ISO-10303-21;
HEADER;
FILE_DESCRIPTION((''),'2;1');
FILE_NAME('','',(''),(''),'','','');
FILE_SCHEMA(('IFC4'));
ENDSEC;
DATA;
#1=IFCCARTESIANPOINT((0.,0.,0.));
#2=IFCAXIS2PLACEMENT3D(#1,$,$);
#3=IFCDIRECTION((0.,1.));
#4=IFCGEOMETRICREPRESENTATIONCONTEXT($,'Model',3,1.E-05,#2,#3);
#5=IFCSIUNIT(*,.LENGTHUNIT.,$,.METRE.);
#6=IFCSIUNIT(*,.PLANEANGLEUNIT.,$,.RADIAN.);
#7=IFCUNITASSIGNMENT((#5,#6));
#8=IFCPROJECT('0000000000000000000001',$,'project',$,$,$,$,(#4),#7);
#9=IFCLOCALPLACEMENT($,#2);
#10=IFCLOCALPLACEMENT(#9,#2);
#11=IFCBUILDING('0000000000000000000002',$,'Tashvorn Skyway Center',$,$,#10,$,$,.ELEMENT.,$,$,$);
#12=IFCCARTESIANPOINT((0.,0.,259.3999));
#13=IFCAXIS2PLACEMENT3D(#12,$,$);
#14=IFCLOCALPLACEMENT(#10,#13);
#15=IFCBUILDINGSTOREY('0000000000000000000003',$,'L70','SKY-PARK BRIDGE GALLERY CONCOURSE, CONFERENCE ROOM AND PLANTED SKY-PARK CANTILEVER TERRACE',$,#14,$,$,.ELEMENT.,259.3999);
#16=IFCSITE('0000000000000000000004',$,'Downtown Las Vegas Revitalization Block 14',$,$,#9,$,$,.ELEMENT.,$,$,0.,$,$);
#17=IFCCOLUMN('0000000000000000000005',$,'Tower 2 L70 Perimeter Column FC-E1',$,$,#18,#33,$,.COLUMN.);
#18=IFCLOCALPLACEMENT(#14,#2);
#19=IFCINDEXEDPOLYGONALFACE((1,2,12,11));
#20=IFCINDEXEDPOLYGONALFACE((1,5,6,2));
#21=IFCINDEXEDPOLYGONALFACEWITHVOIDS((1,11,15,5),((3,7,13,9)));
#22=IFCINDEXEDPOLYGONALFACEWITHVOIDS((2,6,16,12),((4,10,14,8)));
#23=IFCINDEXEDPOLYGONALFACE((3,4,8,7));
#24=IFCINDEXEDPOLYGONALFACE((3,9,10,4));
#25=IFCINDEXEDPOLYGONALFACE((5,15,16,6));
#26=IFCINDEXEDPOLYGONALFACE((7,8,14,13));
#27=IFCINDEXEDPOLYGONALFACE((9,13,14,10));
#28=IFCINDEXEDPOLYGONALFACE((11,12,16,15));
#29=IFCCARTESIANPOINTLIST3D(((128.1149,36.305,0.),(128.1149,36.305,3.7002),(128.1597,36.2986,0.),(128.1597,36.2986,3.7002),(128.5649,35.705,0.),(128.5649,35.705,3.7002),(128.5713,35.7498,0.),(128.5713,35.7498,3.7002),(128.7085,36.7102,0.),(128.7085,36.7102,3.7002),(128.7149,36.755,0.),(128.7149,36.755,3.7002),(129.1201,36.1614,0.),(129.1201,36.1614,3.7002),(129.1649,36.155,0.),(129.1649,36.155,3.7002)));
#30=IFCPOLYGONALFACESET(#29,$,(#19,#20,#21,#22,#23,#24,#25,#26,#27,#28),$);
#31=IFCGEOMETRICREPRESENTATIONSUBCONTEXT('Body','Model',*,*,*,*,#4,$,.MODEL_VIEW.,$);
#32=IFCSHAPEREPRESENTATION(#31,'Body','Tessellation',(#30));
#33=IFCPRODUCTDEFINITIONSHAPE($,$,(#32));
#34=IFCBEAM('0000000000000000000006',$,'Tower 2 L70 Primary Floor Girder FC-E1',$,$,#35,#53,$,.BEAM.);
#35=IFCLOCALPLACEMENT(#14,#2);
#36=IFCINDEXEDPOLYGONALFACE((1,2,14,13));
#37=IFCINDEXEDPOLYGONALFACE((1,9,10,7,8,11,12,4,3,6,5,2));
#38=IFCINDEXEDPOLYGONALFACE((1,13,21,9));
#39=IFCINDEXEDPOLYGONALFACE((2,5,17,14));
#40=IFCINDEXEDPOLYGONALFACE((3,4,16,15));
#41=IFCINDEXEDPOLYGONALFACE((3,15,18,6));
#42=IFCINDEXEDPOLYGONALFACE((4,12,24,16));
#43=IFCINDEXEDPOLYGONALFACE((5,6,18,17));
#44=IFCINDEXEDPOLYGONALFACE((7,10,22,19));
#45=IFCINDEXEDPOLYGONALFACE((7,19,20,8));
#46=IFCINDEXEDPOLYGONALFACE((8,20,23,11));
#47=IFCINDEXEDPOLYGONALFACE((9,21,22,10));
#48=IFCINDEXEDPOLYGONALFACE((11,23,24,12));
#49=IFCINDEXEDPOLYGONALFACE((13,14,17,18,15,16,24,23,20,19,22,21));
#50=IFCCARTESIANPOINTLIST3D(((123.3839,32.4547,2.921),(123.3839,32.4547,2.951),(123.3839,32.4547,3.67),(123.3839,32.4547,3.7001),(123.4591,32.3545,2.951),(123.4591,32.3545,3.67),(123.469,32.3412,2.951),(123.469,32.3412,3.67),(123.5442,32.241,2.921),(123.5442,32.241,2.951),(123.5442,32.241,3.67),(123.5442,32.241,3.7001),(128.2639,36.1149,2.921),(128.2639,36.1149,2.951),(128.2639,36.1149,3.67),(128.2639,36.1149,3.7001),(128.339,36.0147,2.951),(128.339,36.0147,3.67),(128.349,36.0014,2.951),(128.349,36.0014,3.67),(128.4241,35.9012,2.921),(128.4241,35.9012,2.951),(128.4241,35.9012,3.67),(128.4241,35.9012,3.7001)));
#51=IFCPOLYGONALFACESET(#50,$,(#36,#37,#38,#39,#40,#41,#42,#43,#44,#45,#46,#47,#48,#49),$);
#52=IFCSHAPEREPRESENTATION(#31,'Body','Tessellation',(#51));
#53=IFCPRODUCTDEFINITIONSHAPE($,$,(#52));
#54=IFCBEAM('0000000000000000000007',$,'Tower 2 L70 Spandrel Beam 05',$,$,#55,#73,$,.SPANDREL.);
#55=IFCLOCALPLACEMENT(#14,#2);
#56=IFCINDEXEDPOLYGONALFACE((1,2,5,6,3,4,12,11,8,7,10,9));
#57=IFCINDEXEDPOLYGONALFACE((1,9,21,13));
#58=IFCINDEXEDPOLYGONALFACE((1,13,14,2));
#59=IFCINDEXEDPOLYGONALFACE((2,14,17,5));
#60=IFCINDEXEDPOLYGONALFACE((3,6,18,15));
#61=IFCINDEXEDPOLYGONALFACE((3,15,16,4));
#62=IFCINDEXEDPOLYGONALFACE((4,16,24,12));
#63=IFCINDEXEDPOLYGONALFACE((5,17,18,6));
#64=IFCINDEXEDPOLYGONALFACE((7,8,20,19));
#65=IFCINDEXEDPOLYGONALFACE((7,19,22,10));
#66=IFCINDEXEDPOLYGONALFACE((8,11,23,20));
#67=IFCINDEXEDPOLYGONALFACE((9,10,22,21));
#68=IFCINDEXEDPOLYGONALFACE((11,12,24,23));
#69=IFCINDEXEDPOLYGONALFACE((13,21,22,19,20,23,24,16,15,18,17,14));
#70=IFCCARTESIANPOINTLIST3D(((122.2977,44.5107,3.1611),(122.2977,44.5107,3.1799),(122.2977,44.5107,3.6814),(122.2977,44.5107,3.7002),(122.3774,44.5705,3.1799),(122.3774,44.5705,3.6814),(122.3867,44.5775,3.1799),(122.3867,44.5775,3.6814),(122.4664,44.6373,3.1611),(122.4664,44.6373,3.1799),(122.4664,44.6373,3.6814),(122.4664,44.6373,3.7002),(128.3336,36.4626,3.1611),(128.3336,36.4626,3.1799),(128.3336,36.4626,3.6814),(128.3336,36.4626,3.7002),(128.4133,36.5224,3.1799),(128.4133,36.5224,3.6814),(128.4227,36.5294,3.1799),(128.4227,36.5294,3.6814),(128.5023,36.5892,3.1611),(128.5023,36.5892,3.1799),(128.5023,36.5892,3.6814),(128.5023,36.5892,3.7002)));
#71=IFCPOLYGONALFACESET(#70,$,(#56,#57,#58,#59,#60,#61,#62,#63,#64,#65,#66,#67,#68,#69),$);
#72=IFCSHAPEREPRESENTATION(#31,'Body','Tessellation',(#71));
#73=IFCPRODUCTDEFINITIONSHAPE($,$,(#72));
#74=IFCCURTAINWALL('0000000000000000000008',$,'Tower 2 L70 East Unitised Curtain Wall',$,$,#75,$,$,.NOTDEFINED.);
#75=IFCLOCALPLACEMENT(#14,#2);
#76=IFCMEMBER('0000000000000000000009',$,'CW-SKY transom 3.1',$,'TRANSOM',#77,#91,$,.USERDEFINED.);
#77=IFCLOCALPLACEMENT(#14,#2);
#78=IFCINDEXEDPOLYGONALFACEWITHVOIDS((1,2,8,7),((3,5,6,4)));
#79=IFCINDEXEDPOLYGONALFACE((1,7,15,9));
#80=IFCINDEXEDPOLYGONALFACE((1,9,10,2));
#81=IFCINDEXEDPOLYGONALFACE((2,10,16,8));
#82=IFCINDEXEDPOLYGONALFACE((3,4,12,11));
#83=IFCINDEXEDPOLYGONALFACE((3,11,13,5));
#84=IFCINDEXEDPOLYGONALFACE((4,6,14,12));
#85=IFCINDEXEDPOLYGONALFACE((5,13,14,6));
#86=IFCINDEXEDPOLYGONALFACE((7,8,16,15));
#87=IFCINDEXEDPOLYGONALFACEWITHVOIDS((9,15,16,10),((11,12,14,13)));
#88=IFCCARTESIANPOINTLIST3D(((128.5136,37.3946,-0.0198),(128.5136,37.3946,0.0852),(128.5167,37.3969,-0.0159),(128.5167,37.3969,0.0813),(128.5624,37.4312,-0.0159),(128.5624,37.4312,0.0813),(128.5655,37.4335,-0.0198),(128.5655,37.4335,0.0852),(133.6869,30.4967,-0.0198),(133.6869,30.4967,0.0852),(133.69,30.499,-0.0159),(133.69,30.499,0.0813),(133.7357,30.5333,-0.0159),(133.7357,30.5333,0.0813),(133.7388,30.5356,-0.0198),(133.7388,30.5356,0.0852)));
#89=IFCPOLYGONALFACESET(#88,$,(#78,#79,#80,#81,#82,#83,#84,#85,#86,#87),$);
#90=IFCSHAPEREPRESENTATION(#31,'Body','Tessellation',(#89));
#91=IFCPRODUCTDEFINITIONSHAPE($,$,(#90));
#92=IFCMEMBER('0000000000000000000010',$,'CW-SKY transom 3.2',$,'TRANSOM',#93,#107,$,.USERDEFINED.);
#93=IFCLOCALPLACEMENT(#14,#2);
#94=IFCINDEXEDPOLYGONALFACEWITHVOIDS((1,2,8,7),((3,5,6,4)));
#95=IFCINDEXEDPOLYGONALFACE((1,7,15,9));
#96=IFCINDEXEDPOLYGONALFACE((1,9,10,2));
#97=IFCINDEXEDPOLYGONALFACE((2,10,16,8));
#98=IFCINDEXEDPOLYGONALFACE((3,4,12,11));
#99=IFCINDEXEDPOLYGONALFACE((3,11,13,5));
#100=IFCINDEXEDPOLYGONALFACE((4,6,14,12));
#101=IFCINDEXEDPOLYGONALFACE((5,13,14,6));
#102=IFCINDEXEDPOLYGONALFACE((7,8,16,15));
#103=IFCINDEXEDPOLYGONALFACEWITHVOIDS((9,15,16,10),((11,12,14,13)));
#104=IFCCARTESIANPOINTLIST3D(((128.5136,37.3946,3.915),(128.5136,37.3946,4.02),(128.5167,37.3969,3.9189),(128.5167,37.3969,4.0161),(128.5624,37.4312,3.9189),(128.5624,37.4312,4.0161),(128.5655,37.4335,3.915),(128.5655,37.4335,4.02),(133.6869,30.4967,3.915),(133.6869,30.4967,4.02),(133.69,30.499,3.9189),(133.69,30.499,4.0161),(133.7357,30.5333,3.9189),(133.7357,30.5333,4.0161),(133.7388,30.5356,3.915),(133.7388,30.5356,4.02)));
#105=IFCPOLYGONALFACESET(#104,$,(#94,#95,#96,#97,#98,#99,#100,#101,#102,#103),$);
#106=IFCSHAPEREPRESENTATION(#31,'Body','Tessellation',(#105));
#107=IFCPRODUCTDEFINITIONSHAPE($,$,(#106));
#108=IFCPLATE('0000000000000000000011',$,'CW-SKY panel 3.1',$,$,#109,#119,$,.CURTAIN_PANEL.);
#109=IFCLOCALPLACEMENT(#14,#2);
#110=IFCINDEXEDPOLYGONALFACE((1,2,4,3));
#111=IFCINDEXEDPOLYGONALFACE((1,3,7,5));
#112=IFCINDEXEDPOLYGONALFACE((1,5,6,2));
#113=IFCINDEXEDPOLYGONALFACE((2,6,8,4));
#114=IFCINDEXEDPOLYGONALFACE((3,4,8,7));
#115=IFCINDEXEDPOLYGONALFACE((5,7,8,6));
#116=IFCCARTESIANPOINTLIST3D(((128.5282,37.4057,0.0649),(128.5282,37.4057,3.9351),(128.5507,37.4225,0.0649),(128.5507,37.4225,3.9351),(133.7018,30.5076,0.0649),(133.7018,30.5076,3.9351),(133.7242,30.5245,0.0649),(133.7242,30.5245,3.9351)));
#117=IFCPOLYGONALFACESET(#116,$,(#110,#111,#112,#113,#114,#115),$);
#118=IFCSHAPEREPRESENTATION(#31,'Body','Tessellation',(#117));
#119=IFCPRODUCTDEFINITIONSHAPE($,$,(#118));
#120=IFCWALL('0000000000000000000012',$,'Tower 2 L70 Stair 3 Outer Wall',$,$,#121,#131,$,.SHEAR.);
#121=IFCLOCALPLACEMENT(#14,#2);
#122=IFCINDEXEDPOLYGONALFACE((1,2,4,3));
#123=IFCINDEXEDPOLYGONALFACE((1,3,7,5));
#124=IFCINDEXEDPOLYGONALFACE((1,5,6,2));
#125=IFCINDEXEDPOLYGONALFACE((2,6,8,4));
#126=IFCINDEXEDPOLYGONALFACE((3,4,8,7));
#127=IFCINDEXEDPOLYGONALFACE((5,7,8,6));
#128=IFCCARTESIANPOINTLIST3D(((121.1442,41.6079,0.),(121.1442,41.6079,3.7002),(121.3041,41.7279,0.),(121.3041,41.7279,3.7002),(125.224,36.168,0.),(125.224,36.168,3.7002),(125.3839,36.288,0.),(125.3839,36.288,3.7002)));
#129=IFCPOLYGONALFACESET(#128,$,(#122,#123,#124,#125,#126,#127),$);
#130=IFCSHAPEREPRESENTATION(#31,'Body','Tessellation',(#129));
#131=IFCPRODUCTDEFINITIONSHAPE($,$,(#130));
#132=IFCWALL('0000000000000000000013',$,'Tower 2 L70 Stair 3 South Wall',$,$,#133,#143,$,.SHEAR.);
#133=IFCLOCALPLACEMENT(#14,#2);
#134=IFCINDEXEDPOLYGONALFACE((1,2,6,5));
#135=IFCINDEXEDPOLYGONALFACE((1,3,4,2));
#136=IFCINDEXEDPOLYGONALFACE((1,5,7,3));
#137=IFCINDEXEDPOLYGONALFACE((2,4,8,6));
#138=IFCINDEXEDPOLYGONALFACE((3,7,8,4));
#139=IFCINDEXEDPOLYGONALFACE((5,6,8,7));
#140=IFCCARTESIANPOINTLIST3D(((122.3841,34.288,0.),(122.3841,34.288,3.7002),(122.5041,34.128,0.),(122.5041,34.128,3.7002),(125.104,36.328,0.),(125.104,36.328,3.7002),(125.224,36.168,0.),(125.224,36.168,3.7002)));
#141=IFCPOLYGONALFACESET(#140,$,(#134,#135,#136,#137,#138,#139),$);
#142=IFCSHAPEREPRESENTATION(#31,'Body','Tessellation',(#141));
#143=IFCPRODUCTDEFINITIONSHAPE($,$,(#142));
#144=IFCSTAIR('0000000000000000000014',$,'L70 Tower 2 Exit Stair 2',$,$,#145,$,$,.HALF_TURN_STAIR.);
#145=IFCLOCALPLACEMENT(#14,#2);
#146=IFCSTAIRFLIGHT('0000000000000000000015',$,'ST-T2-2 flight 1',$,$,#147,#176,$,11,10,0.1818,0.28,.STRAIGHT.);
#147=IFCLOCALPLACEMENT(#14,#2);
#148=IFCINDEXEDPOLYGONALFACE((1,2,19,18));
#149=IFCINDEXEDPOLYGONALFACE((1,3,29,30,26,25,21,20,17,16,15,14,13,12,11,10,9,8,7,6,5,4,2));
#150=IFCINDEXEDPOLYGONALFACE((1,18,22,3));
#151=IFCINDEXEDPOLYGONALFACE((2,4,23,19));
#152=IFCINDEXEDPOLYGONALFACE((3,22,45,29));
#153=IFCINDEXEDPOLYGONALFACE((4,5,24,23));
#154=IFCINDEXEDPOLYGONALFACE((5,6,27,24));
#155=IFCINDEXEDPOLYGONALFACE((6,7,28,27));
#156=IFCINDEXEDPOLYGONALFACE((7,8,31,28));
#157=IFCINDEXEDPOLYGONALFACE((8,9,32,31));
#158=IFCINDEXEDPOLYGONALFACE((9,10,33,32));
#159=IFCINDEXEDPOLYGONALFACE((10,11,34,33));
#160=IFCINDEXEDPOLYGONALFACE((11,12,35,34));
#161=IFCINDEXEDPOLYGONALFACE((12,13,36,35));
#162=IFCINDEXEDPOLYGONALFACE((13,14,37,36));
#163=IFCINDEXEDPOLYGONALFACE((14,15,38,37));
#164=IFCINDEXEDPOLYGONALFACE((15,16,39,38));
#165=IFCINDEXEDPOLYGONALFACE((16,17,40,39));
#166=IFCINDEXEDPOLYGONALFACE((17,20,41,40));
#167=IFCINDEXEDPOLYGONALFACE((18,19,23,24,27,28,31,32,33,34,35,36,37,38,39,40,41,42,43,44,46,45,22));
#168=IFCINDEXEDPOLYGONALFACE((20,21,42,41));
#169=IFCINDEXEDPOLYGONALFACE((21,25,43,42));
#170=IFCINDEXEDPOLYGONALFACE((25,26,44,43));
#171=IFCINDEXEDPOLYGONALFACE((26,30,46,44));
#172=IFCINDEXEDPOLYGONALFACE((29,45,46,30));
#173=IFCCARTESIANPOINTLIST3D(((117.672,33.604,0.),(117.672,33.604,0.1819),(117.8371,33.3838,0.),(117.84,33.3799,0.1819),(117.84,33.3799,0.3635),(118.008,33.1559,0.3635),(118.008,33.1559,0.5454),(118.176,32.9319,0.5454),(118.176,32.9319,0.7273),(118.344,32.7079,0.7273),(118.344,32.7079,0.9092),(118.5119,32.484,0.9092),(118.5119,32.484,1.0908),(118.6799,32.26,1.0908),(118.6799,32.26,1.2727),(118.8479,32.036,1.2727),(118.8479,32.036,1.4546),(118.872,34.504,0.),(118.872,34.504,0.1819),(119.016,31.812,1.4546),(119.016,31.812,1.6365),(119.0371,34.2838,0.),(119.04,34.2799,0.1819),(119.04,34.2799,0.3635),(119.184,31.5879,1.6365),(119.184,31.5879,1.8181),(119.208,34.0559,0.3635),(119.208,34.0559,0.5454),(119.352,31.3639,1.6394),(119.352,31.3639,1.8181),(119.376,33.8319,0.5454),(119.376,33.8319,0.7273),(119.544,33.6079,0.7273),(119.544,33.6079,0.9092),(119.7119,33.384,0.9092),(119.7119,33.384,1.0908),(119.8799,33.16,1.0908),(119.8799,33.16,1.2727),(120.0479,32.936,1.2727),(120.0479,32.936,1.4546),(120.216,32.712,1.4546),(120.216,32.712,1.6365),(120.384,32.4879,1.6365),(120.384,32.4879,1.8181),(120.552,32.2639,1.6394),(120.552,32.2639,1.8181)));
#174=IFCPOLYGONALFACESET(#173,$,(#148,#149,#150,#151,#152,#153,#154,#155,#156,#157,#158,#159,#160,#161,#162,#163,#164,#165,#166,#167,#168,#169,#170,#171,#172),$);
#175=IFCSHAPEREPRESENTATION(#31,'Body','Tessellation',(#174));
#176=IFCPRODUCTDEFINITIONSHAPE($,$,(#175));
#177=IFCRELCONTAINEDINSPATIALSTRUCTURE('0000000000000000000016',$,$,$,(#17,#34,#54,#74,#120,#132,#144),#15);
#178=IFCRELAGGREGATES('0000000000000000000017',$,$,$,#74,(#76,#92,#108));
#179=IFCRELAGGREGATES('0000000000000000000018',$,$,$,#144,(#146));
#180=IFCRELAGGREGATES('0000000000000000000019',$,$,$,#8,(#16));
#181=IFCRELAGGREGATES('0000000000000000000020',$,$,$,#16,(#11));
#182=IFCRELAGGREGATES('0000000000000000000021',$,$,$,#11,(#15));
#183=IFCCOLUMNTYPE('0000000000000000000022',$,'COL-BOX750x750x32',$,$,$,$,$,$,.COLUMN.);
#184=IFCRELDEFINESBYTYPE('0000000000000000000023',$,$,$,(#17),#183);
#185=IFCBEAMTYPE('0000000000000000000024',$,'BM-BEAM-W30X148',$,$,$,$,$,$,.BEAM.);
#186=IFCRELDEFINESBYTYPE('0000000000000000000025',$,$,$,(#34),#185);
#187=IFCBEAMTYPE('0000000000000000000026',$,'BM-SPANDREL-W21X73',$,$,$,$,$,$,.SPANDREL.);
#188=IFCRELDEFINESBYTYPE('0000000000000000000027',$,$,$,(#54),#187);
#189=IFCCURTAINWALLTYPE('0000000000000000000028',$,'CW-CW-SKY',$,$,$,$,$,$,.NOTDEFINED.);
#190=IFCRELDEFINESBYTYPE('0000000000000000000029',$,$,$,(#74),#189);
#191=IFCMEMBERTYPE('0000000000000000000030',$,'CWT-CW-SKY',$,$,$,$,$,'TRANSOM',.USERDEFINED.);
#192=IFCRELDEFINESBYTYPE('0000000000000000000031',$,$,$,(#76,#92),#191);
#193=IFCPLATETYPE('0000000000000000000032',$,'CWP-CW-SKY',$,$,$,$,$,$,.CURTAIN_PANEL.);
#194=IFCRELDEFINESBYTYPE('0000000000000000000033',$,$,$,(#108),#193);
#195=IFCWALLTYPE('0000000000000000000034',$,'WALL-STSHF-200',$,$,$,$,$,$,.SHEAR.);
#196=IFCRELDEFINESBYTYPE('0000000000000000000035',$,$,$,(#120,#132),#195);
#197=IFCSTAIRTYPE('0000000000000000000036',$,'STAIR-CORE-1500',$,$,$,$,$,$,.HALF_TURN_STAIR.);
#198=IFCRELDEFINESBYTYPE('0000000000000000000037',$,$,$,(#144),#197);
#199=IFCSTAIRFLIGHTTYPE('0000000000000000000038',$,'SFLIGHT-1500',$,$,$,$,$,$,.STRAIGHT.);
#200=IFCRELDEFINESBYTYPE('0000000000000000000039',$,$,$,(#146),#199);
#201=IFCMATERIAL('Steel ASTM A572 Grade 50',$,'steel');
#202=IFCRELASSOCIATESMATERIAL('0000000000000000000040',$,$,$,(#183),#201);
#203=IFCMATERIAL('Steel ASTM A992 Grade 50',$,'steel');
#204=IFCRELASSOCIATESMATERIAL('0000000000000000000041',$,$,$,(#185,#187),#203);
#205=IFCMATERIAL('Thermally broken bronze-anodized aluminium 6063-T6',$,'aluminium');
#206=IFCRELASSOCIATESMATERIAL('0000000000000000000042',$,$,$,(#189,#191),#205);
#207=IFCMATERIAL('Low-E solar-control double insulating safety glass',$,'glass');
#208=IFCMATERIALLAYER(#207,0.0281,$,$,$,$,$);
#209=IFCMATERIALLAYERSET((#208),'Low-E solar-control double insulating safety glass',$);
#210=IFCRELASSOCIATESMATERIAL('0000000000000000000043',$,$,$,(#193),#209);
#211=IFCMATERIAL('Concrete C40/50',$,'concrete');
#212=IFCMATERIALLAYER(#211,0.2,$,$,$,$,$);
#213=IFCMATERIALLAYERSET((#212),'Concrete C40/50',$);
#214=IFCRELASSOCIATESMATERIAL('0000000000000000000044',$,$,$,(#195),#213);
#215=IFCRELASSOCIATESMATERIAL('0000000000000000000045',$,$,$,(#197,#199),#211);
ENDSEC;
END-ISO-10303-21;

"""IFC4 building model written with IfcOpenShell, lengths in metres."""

from ifc_helpers import new_model, si_unit, direction, frame, frame_2d, origin, origin_2d, place, context, subcontext, project, spatial, polyline, rectangle, hollow_rectangle, i_section, outline, extrude, material, layer, layer_set, material_profile, profile_set, type_object, element, aggregate, save


model = new_model("IFC4")

# Units and contexts
model_context = context("Model", 3, precision=1e-05, world=origin(), true_north=direction((0.0, 1.0)))
body_context = subcontext(model_context, "Body", "Model", "MODEL_VIEW")
ifc_project = project(units=[si_unit("LENGTHUNIT", "METRE"), si_unit("PLANEANGLEUNIT", "RADIAN")], contexts=[model_context])

# Site, building, storey
site_placement = place(None, origin())
site = spatial("IfcSite", under=ifc_project, at=site_placement, Name="Downtown Las Vegas Revitalization Block 14", CompositionType="ELEMENT", RefElevation=0.0)
building_placement = place(site_placement, origin())
building = spatial("IfcBuilding", under=site, at=building_placement, Name="Tashvorn Skyway Center", CompositionType="ELEMENT")
storey_placement = place(building_placement, frame((0.0, 0.0, 259.3999)))
storey = spatial("IfcBuildingStorey", under=building, at=storey_placement, Name="L70", Description="SKY-PARK BRIDGE GALLERY CONCOURSE, CONFERENCE ROOM AND PLANTED SKY-PARK CANTILEVER TERRACE", CompositionType="ELEMENT", Elevation=259.3999)

# Column
ifc_material_1 = material(Name="Steel ASTM A572 Grade 50", Category="steel")
ifc_material_profile_1 = material_profile(ifc_material_1, hollow_rectangle(XDim=0.75, YDim=0.75, WallThickness=0.032, at=origin_2d()), Name="BOX750x750x32")
ifc_profile_set_1 = profile_set([ifc_material_profile_1], Name="Steel ASTM A572 Grade 50")
column_type = type_object("IfcColumnType", Name="COL-BOX750x750x32", PredefinedType="COLUMN", material=ifc_profile_set_1)
column_placement = place(storey_placement, frame((128.6399, 36.23, 0.0), z_axis=(0.0, 0.0, 1.0), x_axis=(0.8, 0.6, 0.0)))
element("IfcColumn", 1, at=column_placement, inside=storey, type_object=column_type, Name="Tower 2 L70 Perimeter Column FC-E1", PredefinedType="COLUMN", context=body_context, shape_type="SweptSolid", body=[
    extrude(hollow_rectangle(XDim=0.75, YDim=0.75, WallThickness=0.032, at=origin_2d()), origin(), (0.0, 0.0, 1.0), 3.7002),
])

# Beams
ifc_material_2 = material(Name="Steel ASTM A992 Grade 50", Category="steel")
ifc_material_profile_2 = material_profile(ifc_material_2, i_section(OverallWidth=0.2671, OverallDepth=0.7791, WebThickness=0.0166, FlangeThickness=0.03, at=origin_2d()), Name="W30X148")
ifc_profile_set_2 = profile_set([ifc_material_profile_2], Name="Steel ASTM A992 Grade 50")
beam_type_1 = type_object("IfcBeamType", Name="BM-BEAM-W30X148", PredefinedType="BEAM", material=ifc_profile_set_2)
beam_1_placement = place(storey_placement, frame((128.344, 36.0081, 3.3105), z_axis=(-0.799981, -0.600026, 0.0), x_axis=(0.600026, -0.799981, 0.0)))
element("IfcBeam", 2, at=beam_1_placement, inside=storey, type_object=beam_type_1, Name="Tower 2 L70 Primary Floor Girder FC-E1", PredefinedType="BEAM", context=body_context, shape_type="SweptSolid", body=[
    extrude(i_section(OverallWidth=0.2671, OverallDepth=0.7791, WebThickness=0.0166, FlangeThickness=0.03, at=origin_2d()), origin(), (0.0, 0.0, 1.0), 6.1001),
])
ifc_material_profile_3 = material_profile(ifc_material_2, i_section(OverallWidth=0.2109, OverallDepth=0.5391, WebThickness=0.0117, FlangeThickness=0.0188, at=origin_2d()), Name="W21X73")
ifc_profile_set_3 = profile_set([ifc_material_profile_3], Name="Steel ASTM A992 Grade 50")
beam_type_2 = type_object("IfcBeamType", Name="BM-SPANDREL-W21X73", PredefinedType="SPANDREL", material=ifc_profile_set_3)
beam_2_placement = place(storey_placement, frame((128.418, 36.5259, 3.4307), z_axis=(-0.599988, 0.800009, 0.0), x_axis=(-0.800009, -0.599988, 0.0)))
element("IfcBeam", 3, at=beam_2_placement, inside=storey, type_object=beam_type_2, Name="Tower 2 L70 Spandrel Beam 05", PredefinedType="SPANDREL", context=body_context, shape_type="SweptSolid", body=[
    extrude(i_section(OverallWidth=0.2109, OverallDepth=0.5391, WebThickness=0.0117, FlangeThickness=0.0188, at=origin_2d()), origin(), (0.0, 0.0, 1.0), 10.0601),
])

# Curtain wall, members, plate
ifc_material_3 = material(Name="Thermally broken bronze-anodized aluminium 6063-T6", Category="aluminium")
curtain_wall_type = type_object("IfcCurtainWallType", Name="CW-CW-SKY", PredefinedType="NOTDEFINED", material=ifc_material_3)
curtain_wall_placement = place(storey_placement, origin())
curtain_wall = element("IfcCurtainWall", 4, at=curtain_wall_placement, inside=storey, type_object=curtain_wall_type, Name="Tower 2 L70 East Unitised Curtain Wall", PredefinedType="NOTDEFINED")
ifc_material_profile_4 = material_profile(ifc_material_3, hollow_rectangle(XDim=0.0649, YDim=0.105, WallThickness=0.0039, at=origin_2d()), Name="ALU-TRAN-65x105")
ifc_profile_set_4 = profile_set([ifc_material_profile_4], Name="Thermally broken bronze-anodized aluminium 6063-T6")
member_type = type_object("IfcMemberType", Name="CWT-CW-SKY", ElementType="TRANSOM", PredefinedType="USERDEFINED", material=ifc_profile_set_4)
member_1_placement = place(storey_placement, frame((128.5396, 37.4141, 0.0327), z_axis=(0.599991, -0.800007, 0.0), x_axis=(0.800007, 0.599991, 0.0)))
member_1 = element("IfcMember", 5, at=member_1_placement, type_object=member_type, Name="CW-SKY transom 3.1", ObjectType="TRANSOM", PredefinedType="USERDEFINED", context=body_context, shape_type="SweptSolid", body=[
    extrude(hollow_rectangle(XDim=0.0649, YDim=0.105, WallThickness=0.0039, at=origin_2d()), origin(), (0.0, 0.0, 1.0), 8.6223),
])
member_2_placement = place(storey_placement, frame((128.5396, 37.4141, 3.9675), z_axis=(0.599991, -0.800007, 0.0), x_axis=(0.800007, 0.599991, 0.0)))
member_2 = element("IfcMember", 6, at=member_2_placement, type_object=member_type, Name="CW-SKY transom 3.2", ObjectType="TRANSOM", PredefinedType="USERDEFINED", context=body_context, shape_type="SweptSolid", body=[
    extrude(hollow_rectangle(XDim=0.0649, YDim=0.105, WallThickness=0.0039, at=origin_2d()), origin(), (0.0, 0.0, 1.0), 8.6223),
])
ifc_material_4 = material(Name="Low-E solar-control double insulating safety glass", Category="glass")
ifc_layer_1 = layer(ifc_material_4, 0.0281)
ifc_layer_set_1 = layer_set([ifc_layer_1], Name="Low-E solar-control double insulating safety glass")
plate_type = type_object("IfcPlateType", Name="CWP-CW-SKY", PredefinedType="CURTAIN_PANEL", material=ifc_layer_set_1)
plate_placement = place(storey_placement, frame((131.1262, 33.9651, 0.0649), z_axis=(0.0, 0.0, 1.0), x_axis=(0.6, -0.8, 0.0)))
plate = element("IfcPlate", 7, at=plate_placement, type_object=plate_type, Name="CW-SKY panel 3.1", PredefinedType="CURTAIN_PANEL", context=body_context, shape_type="SweptSolid", body=[
    extrude(rectangle(XDim=8.6226, YDim=0.0281, at=origin_2d()), origin(), (0.0, 0.0, 1.0), 3.8701),
])
aggregate(curtain_wall, [member_1, member_2, plate])

# Walls
ifc_material_5 = material(Name="Concrete C40/50", Category="concrete")
ifc_layer_2 = layer(ifc_material_5, 0.2)
ifc_layer_set_2 = layer_set([ifc_layer_2], Name="Concrete C40/50")
wall_type = type_object("IfcWallType", Name="WALL-STSHF-200", PredefinedType="SHEAR", material=ifc_layer_set_2)
wall_1_placement = place(storey_placement, frame((125.304, 36.228, 0.0), z_axis=(0.0, 0.0, 1.0), x_axis=(-0.599989, 0.800009, 0.0)))
element("IfcWall", 8, at=wall_1_placement, inside=storey, type_object=wall_type, Name="Tower 2 L70 Stair 3 Outer Wall", PredefinedType="SHEAR", context=body_context, shape_type="SweptSolid", body=[
    extrude(rectangle(XDim=6.7998, YDim=0.2, at=frame_2d((3.3999, 0.0))), origin(), (0.0, 0.0, 1.0), 3.7002),
])
wall_2_placement = place(storey_placement, frame((122.4441, 34.208, 0.0), z_axis=(0.0, 0.0, 1.0), x_axis=(0.799991, 0.600011, 0.0)))
element("IfcWall", 9, at=wall_2_placement, inside=storey, type_object=wall_type, Name="Tower 2 L70 Stair 3 South Wall", PredefinedType="SHEAR", context=body_context, shape_type="SweptSolid", body=[
    extrude(rectangle(XDim=3.3999, YDim=0.2, at=frame_2d((1.7, 0.0))), origin(), (0.0, 0.0, 1.0), 3.7002),
])

# Stair, stair flight
stair_type = type_object("IfcStairType", Name="STAIR-CORE-1500", PredefinedType="HALF_TURN_STAIR", material=ifc_material_5)
stair_placement = place(storey_placement, origin())
stair = element("IfcStair", 10, at=stair_placement, inside=storey, type_object=stair_type, Name="L70 Tower 2 Exit Stair 2", PredefinedType="HALF_TURN_STAIR")
stair_flight_type = type_object("IfcStairFlightType", Name="SFLIGHT-1500", PredefinedType="STRAIGHT", material=ifc_material_5)
stair_flight_1_placement = place(storey_placement, frame((118.272, 34.054, 0.0), z_axis=(0.0, 0.0, 1.0), x_axis=(0.6, -0.8, 0.0)))
stair_flight_1 = element("IfcStairFlight", 11, at=stair_flight_1_placement, type_object=stair_flight_type, Name="ST-T2-2 flight 1", NumberOfRisers=11, NumberOfTreads=10, PredefinedType="STRAIGHT", RiserHeight=0.1818, TreadLength=0.28, context=body_context, shape_type="SweptSolid", body=[
    extrude(outline(polyline([(0.0, 0.0), (0.0, 0.1819), (0.28, 0.1819), (0.28, 0.3635), (0.5601, 0.3635), (0.5601, 0.5454), (0.8401, 0.5454), (0.8401, 0.7273), (1.1201, 0.7273), (1.1201, 0.9092), (1.3999, 0.9092), (1.3999, 1.0908), (1.6799, 1.0908), (1.6799, 1.2727), (1.96, 1.2727), (1.96, 1.4546), (2.24, 1.4546), (2.24, 1.6365), (2.52, 1.6365), (2.52, 1.8181), (2.8, 1.8181), (2.8, 2.0), (2.8, 1.6394), (0.2751, 0.0), (0.0, 0.0)])), frame((0.0, 0.75, 0.0), z_axis=(0.0, -1.0, 0.0), x_axis=(1.0, 0.0, 0.0)), (0.0, 0.0, 1.0), 1.5),
])
aggregate(stair, [stair_flight_1])

save(model, "model.ifc")
